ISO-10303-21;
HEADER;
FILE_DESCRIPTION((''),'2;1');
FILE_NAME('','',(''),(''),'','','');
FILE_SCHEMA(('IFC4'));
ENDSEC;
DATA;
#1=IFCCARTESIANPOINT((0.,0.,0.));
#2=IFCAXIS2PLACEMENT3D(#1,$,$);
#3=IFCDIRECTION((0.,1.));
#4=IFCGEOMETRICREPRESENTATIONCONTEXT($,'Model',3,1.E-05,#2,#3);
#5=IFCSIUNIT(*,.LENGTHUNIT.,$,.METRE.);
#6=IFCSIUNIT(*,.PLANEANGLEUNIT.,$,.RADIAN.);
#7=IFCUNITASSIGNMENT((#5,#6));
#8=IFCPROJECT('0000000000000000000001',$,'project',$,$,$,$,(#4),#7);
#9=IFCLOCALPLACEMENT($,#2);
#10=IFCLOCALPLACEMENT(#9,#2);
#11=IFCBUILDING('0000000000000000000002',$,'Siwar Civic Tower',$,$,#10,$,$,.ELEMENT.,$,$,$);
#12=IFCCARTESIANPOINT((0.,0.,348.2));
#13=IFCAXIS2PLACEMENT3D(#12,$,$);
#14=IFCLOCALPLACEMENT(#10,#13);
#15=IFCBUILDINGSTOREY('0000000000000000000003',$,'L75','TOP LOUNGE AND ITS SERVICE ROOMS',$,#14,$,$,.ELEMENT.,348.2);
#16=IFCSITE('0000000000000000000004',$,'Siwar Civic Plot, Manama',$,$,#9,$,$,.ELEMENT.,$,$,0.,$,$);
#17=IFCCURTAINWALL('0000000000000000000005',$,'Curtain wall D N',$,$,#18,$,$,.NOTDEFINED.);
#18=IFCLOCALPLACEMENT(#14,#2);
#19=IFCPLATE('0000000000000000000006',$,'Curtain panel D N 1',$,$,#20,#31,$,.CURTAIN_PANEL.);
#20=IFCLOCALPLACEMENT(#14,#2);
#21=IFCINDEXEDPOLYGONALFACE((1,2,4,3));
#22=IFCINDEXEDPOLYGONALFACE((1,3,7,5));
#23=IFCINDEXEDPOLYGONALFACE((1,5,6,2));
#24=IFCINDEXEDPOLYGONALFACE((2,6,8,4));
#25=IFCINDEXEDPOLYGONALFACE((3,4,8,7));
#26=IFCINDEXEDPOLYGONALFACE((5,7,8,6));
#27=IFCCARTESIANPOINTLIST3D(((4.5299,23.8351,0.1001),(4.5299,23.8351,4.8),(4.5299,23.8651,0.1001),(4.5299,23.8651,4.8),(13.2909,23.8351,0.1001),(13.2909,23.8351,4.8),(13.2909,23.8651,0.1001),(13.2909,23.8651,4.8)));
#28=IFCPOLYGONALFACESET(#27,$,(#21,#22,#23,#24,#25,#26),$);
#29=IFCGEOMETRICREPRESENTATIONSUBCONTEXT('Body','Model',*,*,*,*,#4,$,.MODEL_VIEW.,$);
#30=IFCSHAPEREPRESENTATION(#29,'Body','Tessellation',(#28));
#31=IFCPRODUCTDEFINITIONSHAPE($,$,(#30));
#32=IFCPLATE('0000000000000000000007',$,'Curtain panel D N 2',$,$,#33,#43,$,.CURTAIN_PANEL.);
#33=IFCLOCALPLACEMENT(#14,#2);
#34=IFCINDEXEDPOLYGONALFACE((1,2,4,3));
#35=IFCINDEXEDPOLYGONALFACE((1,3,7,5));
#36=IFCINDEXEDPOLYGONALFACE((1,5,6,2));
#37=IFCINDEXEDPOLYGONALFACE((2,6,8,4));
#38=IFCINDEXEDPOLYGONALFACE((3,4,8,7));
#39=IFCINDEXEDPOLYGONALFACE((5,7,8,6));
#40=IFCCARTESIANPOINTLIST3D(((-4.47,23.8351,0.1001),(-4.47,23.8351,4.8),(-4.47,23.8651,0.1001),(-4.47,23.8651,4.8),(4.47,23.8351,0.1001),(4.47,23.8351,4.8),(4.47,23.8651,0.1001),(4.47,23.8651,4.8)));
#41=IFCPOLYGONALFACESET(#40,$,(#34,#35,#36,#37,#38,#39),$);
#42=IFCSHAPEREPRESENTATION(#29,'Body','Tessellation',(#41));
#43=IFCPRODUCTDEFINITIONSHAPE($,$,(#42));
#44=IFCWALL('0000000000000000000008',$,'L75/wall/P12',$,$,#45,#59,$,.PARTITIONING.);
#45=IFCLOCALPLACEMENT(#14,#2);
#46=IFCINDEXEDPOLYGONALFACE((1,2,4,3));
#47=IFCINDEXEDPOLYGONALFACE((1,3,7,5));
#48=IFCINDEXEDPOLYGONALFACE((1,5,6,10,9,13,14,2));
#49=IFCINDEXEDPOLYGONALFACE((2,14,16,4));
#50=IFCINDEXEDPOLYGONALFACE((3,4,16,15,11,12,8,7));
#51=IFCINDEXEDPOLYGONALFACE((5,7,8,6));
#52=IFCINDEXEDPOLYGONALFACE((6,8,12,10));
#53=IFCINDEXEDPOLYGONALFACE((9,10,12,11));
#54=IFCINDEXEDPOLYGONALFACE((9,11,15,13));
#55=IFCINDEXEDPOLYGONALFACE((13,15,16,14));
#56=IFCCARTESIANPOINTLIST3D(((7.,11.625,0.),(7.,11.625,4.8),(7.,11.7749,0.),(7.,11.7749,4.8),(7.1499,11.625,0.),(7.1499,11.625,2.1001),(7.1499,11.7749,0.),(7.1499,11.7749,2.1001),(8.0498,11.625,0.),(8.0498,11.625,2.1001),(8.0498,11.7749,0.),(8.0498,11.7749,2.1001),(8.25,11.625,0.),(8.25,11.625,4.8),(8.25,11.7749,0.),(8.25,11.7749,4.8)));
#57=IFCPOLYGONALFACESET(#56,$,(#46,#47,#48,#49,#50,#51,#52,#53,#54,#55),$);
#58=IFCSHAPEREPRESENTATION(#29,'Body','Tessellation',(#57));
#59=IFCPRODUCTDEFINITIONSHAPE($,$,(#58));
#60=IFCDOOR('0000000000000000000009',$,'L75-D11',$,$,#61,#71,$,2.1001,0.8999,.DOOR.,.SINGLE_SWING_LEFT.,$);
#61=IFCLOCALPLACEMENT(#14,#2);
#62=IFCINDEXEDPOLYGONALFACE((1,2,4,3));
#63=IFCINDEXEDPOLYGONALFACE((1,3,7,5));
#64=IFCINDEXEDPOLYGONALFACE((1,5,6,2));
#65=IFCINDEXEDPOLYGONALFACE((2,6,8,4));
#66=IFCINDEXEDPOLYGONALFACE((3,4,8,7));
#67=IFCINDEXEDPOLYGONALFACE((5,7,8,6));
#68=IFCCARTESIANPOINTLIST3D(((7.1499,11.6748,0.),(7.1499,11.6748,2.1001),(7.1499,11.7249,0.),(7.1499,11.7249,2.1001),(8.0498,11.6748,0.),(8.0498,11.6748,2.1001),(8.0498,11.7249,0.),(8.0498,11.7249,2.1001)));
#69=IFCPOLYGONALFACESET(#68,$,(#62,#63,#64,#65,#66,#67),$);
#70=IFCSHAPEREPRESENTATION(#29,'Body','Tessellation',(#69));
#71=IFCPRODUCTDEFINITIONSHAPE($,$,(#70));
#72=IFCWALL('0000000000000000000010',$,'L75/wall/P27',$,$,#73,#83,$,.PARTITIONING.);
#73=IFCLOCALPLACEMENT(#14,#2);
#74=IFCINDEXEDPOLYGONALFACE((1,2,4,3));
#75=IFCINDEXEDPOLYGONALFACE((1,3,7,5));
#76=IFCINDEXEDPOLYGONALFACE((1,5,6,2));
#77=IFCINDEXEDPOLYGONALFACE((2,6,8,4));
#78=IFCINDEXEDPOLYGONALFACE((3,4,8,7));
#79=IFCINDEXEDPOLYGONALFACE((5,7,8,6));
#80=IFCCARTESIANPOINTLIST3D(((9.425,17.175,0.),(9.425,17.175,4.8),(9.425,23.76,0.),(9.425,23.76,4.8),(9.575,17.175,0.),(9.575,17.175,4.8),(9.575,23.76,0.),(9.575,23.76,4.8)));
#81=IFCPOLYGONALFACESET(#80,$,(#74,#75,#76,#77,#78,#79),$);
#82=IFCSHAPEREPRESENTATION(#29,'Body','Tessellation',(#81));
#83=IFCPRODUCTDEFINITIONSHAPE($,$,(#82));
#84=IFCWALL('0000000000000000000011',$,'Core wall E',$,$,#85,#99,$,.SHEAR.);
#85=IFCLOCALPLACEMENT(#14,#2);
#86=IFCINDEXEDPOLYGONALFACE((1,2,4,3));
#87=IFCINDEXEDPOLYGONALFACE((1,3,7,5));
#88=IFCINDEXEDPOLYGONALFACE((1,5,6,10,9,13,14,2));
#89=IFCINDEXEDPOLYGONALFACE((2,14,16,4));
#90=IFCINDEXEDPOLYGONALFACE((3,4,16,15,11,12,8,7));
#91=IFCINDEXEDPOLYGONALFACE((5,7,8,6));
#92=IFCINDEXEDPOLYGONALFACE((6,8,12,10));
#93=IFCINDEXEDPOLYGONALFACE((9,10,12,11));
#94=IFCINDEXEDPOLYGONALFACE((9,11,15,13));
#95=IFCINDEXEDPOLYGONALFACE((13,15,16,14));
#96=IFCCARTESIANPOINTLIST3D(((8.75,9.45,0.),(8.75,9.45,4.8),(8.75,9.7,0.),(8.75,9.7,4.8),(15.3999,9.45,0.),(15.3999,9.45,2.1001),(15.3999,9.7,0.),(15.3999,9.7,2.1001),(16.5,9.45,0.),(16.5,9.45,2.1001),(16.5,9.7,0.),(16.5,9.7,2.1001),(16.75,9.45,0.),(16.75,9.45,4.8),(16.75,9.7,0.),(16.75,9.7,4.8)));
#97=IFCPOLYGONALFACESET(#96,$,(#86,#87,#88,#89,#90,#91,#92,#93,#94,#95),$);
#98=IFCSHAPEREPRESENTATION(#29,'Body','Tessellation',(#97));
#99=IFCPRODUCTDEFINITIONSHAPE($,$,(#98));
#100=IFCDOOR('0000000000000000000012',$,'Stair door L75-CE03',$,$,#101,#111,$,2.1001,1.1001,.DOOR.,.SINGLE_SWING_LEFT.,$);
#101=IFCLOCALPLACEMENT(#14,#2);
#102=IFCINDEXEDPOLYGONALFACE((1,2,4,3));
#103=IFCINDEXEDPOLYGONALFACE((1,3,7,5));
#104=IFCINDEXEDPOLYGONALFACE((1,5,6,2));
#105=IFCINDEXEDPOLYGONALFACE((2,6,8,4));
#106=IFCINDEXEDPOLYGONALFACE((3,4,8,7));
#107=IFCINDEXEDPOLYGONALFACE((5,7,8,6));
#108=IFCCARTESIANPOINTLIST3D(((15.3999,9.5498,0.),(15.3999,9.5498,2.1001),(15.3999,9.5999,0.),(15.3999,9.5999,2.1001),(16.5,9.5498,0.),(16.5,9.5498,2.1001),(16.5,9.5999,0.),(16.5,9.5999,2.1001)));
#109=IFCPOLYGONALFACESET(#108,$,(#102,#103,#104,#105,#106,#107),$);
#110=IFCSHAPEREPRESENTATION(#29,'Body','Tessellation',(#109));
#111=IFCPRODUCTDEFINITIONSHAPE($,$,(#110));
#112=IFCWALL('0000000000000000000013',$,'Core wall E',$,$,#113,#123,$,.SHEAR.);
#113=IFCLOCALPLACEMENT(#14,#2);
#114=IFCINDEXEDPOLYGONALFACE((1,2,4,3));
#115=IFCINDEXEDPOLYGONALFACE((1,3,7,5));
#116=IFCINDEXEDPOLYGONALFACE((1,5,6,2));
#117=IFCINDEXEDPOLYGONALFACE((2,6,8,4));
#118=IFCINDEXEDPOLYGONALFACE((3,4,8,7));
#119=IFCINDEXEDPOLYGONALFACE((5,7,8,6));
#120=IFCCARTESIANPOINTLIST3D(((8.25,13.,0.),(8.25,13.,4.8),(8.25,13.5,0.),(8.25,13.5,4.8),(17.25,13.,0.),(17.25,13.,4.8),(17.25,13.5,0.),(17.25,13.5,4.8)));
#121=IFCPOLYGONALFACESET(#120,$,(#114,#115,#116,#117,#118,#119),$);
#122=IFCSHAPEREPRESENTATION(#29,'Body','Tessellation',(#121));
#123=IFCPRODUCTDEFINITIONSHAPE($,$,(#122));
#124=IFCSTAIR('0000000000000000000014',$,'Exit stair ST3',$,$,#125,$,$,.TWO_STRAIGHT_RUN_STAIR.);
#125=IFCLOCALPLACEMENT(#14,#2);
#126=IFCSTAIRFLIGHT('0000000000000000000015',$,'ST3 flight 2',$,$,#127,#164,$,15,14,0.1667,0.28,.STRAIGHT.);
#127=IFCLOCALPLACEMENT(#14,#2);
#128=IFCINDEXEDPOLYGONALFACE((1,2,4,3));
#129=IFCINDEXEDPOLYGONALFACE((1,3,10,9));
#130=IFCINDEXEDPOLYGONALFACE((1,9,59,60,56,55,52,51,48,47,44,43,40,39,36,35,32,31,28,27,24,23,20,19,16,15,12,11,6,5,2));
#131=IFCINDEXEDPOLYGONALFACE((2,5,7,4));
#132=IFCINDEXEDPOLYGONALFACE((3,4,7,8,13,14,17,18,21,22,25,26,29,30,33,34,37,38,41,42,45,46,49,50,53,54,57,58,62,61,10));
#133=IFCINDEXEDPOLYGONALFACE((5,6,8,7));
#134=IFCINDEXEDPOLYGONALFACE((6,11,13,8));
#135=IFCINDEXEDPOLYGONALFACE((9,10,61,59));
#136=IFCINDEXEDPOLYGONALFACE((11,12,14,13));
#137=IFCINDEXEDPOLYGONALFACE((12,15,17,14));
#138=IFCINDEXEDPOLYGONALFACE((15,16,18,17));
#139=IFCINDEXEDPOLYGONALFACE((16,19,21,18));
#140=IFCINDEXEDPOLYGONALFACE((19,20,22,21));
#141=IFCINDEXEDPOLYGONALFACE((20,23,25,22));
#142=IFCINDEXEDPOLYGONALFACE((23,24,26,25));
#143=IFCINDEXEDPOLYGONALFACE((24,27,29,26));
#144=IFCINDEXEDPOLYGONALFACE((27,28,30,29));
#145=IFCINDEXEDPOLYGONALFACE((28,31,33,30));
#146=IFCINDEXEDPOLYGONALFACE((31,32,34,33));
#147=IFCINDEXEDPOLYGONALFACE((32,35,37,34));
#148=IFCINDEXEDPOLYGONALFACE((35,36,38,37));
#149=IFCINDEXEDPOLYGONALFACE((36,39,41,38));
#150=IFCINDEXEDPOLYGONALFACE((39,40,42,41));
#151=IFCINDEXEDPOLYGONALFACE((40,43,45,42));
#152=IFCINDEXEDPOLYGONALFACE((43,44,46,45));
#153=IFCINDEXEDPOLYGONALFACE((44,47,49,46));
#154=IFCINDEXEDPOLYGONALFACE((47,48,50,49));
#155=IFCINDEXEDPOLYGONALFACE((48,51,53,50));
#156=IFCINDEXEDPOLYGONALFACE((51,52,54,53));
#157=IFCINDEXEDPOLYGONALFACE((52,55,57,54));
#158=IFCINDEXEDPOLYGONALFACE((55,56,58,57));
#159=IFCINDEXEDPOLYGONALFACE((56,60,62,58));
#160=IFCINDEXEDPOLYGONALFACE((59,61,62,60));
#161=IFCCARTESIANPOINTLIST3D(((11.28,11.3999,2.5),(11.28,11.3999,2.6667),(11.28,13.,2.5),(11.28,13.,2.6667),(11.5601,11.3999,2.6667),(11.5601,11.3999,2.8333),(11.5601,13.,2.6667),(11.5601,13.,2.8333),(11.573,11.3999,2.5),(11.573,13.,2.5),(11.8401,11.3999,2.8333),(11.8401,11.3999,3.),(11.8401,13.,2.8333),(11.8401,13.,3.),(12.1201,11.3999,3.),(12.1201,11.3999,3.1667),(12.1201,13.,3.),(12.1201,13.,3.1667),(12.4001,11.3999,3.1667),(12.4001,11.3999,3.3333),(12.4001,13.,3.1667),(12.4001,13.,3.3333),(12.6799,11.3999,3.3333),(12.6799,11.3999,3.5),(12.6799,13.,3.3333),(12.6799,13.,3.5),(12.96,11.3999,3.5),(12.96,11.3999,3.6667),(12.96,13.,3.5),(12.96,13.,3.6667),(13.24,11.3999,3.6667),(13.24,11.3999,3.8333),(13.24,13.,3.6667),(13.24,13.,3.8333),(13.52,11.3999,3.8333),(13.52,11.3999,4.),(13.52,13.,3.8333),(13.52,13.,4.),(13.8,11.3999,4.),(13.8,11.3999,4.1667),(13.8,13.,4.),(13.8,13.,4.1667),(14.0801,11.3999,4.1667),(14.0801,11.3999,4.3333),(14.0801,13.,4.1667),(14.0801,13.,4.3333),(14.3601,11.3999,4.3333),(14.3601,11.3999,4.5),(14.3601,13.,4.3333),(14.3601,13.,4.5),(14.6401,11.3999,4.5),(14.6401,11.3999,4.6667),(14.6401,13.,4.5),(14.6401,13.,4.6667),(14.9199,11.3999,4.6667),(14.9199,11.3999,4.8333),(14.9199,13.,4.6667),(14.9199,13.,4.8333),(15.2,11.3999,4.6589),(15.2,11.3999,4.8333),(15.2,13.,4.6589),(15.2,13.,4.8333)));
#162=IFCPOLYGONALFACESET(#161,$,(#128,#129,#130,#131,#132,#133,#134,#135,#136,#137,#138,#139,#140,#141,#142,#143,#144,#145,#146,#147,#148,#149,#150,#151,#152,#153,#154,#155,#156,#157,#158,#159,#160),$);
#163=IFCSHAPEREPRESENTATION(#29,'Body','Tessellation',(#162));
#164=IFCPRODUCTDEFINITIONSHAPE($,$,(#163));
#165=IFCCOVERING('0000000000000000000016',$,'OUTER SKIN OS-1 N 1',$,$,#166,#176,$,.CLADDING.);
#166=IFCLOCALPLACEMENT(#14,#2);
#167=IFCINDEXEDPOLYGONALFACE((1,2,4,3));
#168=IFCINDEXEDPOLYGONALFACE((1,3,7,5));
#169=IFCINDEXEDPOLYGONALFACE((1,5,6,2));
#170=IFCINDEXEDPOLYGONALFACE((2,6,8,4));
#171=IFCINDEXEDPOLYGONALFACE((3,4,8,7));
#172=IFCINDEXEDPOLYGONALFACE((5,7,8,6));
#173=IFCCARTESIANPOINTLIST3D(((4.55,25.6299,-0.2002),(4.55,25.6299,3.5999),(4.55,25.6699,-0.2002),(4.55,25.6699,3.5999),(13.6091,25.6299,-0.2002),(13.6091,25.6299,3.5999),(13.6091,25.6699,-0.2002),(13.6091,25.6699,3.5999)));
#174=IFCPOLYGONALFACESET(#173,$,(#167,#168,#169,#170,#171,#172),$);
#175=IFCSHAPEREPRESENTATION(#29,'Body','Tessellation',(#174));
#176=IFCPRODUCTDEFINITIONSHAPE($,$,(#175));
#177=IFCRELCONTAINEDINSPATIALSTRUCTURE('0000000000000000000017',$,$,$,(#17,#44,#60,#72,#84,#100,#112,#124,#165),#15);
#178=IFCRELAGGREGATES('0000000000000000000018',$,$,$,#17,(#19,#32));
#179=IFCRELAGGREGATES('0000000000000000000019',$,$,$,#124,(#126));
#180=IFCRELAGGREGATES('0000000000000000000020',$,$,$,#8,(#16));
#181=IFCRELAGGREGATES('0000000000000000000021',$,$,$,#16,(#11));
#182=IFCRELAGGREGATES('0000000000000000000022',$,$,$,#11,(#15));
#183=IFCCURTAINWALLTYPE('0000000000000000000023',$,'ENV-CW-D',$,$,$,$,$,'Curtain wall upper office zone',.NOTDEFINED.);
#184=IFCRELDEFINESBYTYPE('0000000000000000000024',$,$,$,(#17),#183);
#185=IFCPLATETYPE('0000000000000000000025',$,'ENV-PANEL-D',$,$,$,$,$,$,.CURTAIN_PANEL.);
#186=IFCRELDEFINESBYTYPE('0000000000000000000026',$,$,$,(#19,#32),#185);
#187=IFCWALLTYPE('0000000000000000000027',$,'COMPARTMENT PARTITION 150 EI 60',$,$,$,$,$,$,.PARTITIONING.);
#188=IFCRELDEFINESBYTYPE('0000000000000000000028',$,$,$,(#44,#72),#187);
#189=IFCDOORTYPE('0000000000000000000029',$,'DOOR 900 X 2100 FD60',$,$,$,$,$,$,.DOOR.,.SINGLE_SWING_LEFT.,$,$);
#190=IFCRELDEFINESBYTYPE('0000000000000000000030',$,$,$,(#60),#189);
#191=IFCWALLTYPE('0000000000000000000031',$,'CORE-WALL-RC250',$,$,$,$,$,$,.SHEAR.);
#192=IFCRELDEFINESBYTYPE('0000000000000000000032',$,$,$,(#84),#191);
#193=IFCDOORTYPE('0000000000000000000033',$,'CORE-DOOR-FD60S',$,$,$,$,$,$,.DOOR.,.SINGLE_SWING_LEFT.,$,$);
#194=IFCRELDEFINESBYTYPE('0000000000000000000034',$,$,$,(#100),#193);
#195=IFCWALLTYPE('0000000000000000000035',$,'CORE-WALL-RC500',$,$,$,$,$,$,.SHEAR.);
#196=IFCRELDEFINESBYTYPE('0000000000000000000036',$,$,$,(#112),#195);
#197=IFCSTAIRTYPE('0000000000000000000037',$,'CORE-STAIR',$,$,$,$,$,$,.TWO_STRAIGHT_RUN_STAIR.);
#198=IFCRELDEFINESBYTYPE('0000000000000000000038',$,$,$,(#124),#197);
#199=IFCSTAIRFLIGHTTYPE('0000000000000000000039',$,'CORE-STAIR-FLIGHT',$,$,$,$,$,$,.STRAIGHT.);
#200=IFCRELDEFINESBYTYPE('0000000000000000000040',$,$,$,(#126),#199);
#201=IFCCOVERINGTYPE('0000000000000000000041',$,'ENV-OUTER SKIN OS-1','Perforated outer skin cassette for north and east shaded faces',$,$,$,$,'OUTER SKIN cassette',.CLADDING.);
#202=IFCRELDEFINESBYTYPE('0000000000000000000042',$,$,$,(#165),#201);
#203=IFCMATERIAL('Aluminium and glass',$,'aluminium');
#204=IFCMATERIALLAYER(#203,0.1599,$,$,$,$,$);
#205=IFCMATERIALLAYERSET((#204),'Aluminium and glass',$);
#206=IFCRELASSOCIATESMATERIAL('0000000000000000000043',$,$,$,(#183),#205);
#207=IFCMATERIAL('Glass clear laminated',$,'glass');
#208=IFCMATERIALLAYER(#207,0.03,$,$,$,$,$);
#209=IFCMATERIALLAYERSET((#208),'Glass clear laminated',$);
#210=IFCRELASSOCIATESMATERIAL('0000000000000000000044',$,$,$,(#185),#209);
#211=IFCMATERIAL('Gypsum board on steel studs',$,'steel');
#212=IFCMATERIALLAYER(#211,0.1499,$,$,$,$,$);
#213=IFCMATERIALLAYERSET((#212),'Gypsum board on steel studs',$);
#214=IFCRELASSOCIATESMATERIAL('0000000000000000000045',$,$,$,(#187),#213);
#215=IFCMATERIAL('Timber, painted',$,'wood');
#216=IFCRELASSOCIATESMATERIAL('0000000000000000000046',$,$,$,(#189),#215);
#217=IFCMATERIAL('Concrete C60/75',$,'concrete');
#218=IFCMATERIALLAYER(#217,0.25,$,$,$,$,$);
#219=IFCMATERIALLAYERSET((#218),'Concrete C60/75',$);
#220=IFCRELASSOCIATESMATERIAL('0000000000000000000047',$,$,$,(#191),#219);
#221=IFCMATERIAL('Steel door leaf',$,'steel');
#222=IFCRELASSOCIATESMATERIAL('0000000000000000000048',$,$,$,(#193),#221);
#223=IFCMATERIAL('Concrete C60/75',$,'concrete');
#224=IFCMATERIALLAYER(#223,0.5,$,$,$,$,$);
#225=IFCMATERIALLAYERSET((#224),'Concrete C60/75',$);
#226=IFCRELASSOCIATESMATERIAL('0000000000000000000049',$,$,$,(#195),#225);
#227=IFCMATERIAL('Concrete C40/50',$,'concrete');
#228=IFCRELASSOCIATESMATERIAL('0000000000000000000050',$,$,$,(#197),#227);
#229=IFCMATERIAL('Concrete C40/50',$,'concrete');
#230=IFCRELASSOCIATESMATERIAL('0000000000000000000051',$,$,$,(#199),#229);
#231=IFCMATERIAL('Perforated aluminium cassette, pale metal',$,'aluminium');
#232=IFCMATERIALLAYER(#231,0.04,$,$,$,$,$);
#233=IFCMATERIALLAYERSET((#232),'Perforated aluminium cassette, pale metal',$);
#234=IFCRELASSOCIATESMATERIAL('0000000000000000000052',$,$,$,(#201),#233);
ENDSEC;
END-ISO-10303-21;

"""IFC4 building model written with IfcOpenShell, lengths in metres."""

from ifc_helpers import new_model, si_unit, direction, frame, frame_2d, origin, origin_2d, place, context, subcontext, project, spatial, polyline, rectangle, outline, extrude, material, layer, layer_set, type_object, element, fill, aggregate, save


model = new_model("IFC4")

# Units and contexts
model_context = context("Model", 3, precision=1e-05, world=origin(), true_north=direction((0.0, 1.0)))
body_context = subcontext(model_context, "Body", "Model", "MODEL_VIEW")
ifc_project = project(units=[si_unit("LENGTHUNIT", "METRE"), si_unit("PLANEANGLEUNIT", "RADIAN")], contexts=[model_context])

# Site, building, storey
site_placement = place(None, origin())
site = spatial("IfcSite", under=ifc_project, at=site_placement, Name="Siwar Civic Plot, Manama", CompositionType="ELEMENT", RefElevation=0.0)
building_placement = place(site_placement, origin())
building = spatial("IfcBuilding", under=site, at=building_placement, Name="Siwar Civic Tower", CompositionType="ELEMENT")
storey_placement = place(building_placement, frame((0.0, 0.0, 348.2)))
storey = spatial("IfcBuildingStorey", under=building, at=storey_placement, Name="L75", Description="TOP LOUNGE AND ITS SERVICE ROOMS", CompositionType="ELEMENT", Elevation=348.2)

# Curtain wall
ifc_material_1 = material(Name="Aluminium and glass", Category="aluminium")
ifc_layer_1 = layer(ifc_material_1, 0.1599)
ifc_layer_set_1 = layer_set([ifc_layer_1], Name="Aluminium and glass")
curtain_wall_type_1 = type_object("IfcCurtainWallType", Name="ENV-CW-D", ElementType="Curtain wall upper office zone", PredefinedType="NOTDEFINED", material=ifc_layer_set_1)
curtain_wall_1_placement = place(storey_placement, origin())
curtain_wall_1 = element("IfcCurtainWall", 1, at=curtain_wall_1_placement, inside=storey, type_object=curtain_wall_type_1, Name="Curtain wall D N", PredefinedType="NOTDEFINED")

# Plates
ifc_material_2 = material(Name="Glass clear laminated", Category="glass")
ifc_layer_2 = layer(ifc_material_2, 0.03)
ifc_layer_set_2 = layer_set([ifc_layer_2], Name="Glass clear laminated")
plate_type = type_object("IfcPlateType", Name="ENV-PANEL-D", PredefinedType="CURTAIN_PANEL", material=ifc_layer_set_2)
plate_1_placement = place(storey_placement, frame((8.9104, 23.8501, 0.1001), z_axis=(0.0, 0.0, 1.0), x_axis=(-1.0, 0.0, 0.0)))
plate_1 = element("IfcPlate", 2, at=plate_1_placement, type_object=plate_type, Name="Curtain panel D N 1", PredefinedType="CURTAIN_PANEL", context=body_context, shape_type="SweptSolid", body=[
    extrude(rectangle(XDim=8.761, YDim=0.03, at=origin_2d()), origin(), (0.0, 0.0, 1.0), 4.7),
])
plate_2_placement = place(storey_placement, frame((0.0, 23.8501, 0.1001), z_axis=(0.0, 0.0, 1.0), x_axis=(-1.0, 0.0, 0.0)))
plate_2 = element("IfcPlate", 3, at=plate_2_placement, type_object=plate_type, Name="Curtain panel D N 2", PredefinedType="CURTAIN_PANEL", context=body_context, shape_type="SweptSolid", body=[
    extrude(rectangle(XDim=8.9399, YDim=0.03, at=origin_2d()), origin(), (0.0, 0.0, 1.0), 4.7),
])
aggregate(curtain_wall_1, [plate_1, plate_2])

# Wall, opening, door
ifc_material_3 = material(Name="Gypsum board on steel studs", Category="steel")
ifc_layer_3 = layer(ifc_material_3, 0.1499)
ifc_layer_set_3 = layer_set([ifc_layer_3], Name="Gypsum board on steel studs")
wall_type_1 = type_object("IfcWallType", Name="COMPARTMENT PARTITION 150 EI 60", PredefinedType="PARTITIONING", material=ifc_layer_set_3)
wall_1_placement = place(storey_placement, frame((7.0, 11.7, 0.0), z_axis=(0.0, 0.0, 1.0), x_axis=(1.0, 0.0, 0.0)))
wall_1 = element("IfcWall", 4, at=wall_1_placement, inside=storey, type_object=wall_type_1, Name="L75/wall/P12", PredefinedType="PARTITIONING", context=body_context, shape_type="SweptSolid", body=[
    extrude(rectangle(XDim=1.25, YDim=0.1499, at=frame_2d((0.625, 0.0))), origin(), (0.0, 0.0, 1.0), 4.8),
])
opening_1_placement = place(wall_1_placement, frame((0.1499, 0.0, 0.0)))
opening_1 = element("IfcOpeningElement", 5, at=opening_1_placement, cuts=wall_1, PredefinedType="OPENING", context=body_context, shape_type="SweptSolid", body=[
    extrude(rectangle(XDim=0.8999, YDim=2.1001, at=frame_2d((0.45, 1.05))), frame((0.0, 0.085, 0.0), z_axis=(0.0, -1.0, 0.0), x_axis=(1.0, 0.0, 0.0)), (0.0, 0.0, 1.0), 0.1699),
])
ifc_material_4 = material(Name="Timber, painted", Category="wood")
door_type_1 = type_object("IfcDoorType", Name="DOOR 900 X 2100 FD60", OperationType="SINGLE_SWING_LEFT", PredefinedType="DOOR", material=ifc_material_4)
door_1_placement = place(opening_1_placement, origin())
door_1 = element("IfcDoor", 6, at=door_1_placement, inside=storey, type_object=door_type_1, Name="L75-D11", OperationType="SINGLE_SWING_LEFT", OverallHeight=2.1001, OverallWidth=0.8999, PredefinedType="DOOR", context=body_context, shape_type="SweptSolid", body=[
    extrude(rectangle(XDim=0.8999, YDim=2.1001, at=frame_2d((0.45, 1.05))), frame((0.0, 0.0249, 0.0), z_axis=(0.0, -1.0, 0.0), x_axis=(1.0, 0.0, 0.0)), (0.0, 0.0, 1.0), 0.05),
])
fill(opening_1, door_1)

# Wall
wall_2_placement = place(storey_placement, frame((9.5, 17.175, 0.0), z_axis=(0.0, 0.0, 1.0), x_axis=(0.0, 1.0, 0.0)))
element("IfcWall", 7, at=wall_2_placement, inside=storey, type_object=wall_type_1, Name="L75/wall/P27", PredefinedType="PARTITIONING", context=body_context, shape_type="SweptSolid", body=[
    extrude(rectangle(XDim=6.585, YDim=0.1499, at=frame_2d((3.2925, 0.0))), origin(), (0.0, 0.0, 1.0), 4.8),
])

# Wall, opening, door
ifc_material_5 = material(Name="Concrete C60/75", Category="concrete")
ifc_layer_4 = layer(ifc_material_5, 0.25)
ifc_layer_set_4 = layer_set([ifc_layer_4], Name="Concrete C60/75")
wall_type_2 = type_object("IfcWallType", Name="CORE-WALL-RC250", PredefinedType="SHEAR", material=ifc_layer_set_4)
wall_3_placement = place(storey_placement, frame((8.75, 9.575, 0.0), z_axis=(0.0, 0.0, 1.0), x_axis=(1.0, 0.0, 0.0)))
wall_3 = element("IfcWall", 8, at=wall_3_placement, inside=storey, type_object=wall_type_2, Name="Core wall E", PredefinedType="SHEAR", context=body_context, shape_type="SweptSolid", body=[
    extrude(rectangle(XDim=8.0, YDim=0.25, at=frame_2d((4.0, 0.0))), origin(), (0.0, 0.0, 1.0), 4.8),
])
opening_2_placement = place(wall_3_placement, frame((6.6499, 0.0, 0.0)))
opening_2 = element("IfcOpeningElement", 9, at=opening_2_placement, cuts=wall_3, PredefinedType="OPENING", context=body_context, shape_type="SweptSolid", body=[
    extrude(rectangle(XDim=1.1001, YDim=2.1001, at=frame_2d((0.55, 1.05))), frame((0.0, 0.135, 0.0), z_axis=(0.0, -1.0, 0.0), x_axis=(1.0, 0.0, 0.0)), (0.0, 0.0, 1.0), 0.27),
])
ifc_material_6 = material(Name="Steel door leaf", Category="steel")
door_type_2 = type_object("IfcDoorType", Name="CORE-DOOR-FD60S", OperationType="SINGLE_SWING_LEFT", PredefinedType="DOOR", material=ifc_material_6)
door_2_placement = place(opening_2_placement, origin())
door_2 = element("IfcDoor", 10, at=door_2_placement, inside=storey, type_object=door_type_2, Name="Stair door L75-CE03", OperationType="SINGLE_SWING_LEFT", OverallHeight=2.1001, OverallWidth=1.1001, PredefinedType="DOOR", context=body_context, shape_type="SweptSolid", body=[
    extrude(rectangle(XDim=1.1001, YDim=2.1001, at=frame_2d((0.55, 1.05))), frame((0.0, 0.0249, 0.0), z_axis=(0.0, -1.0, 0.0), x_axis=(1.0, 0.0, 0.0)), (0.0, 0.0, 1.0), 0.05),
])
fill(opening_2, door_2)

# Wall
ifc_material_7 = material(Name="Concrete C60/75", Category="concrete")
ifc_layer_5 = layer(ifc_material_7, 0.5)
ifc_layer_set_5 = layer_set([ifc_layer_5], Name="Concrete C60/75")
wall_type_3 = type_object("IfcWallType", Name="CORE-WALL-RC500", PredefinedType="SHEAR", material=ifc_layer_set_5)
wall_4_placement = place(storey_placement, frame((8.25, 13.25, 0.0), z_axis=(0.0, 0.0, 1.0), x_axis=(1.0, 0.0, 0.0)))
element("IfcWall", 11, at=wall_4_placement, inside=storey, type_object=wall_type_3, Name="Core wall E", PredefinedType="SHEAR", context=body_context, shape_type="SweptSolid", body=[
    extrude(rectangle(XDim=9.0, YDim=0.5, at=frame_2d((4.5, 0.0))), origin(), (0.0, 0.0, 1.0), 4.8),
])

# Stair, stair flight
ifc_material_8 = material(Name="Concrete C40/50", Category="concrete")
stair_type = type_object("IfcStairType", Name="CORE-STAIR", PredefinedType="TWO_STRAIGHT_RUN_STAIR", material=ifc_material_8)
stair_placement = place(storey_placement, origin())
stair = element("IfcStair", 12, at=stair_placement, inside=storey, type_object=stair_type, Name="Exit stair ST3", PredefinedType="TWO_STRAIGHT_RUN_STAIR")
ifc_material_9 = material(Name="Concrete C40/50", Category="concrete")
stair_flight_type = type_object("IfcStairFlightType", Name="CORE-STAIR-FLIGHT", PredefinedType="STRAIGHT", material=ifc_material_9)
stair_flight_placement = place(storey_placement, frame((11.28, 12.2, 2.5), z_axis=(0.0, 0.0, 1.0), x_axis=(1.0, 0.0, 0.0)))
stair_flight = element("IfcStairFlight", 13, at=stair_flight_placement, type_object=stair_flight_type, Name="ST3 flight 2", NumberOfRisers=15, NumberOfTreads=14, PredefinedType="STRAIGHT", RiserHeight=0.1667, TreadLength=0.28, context=body_context, shape_type="SweptSolid", body=[
    extrude(outline(polyline([(0.0, 0.0), (0.0, 0.1667), (0.28, 0.1667), (0.28, 0.3333), (0.5601, 0.3333), (0.5601, 0.5), (0.8401, 0.5), (0.8401, 0.6667), (1.1201, 0.6667), (1.1201, 0.8333), (1.3999, 0.8333), (1.3999, 1.0), (1.6799, 1.0), (1.6799, 1.1667), (1.96, 1.1667), (1.96, 1.3333), (2.24, 1.3333), (2.24, 1.5), (2.52, 1.5), (2.52, 1.6667), (2.8, 1.6667), (2.8, 1.8333), (3.0801, 1.8333), (3.0801, 2.0), (3.3601, 2.0), (3.3601, 2.1667), (3.6399, 2.1667), (3.6399, 2.3333), (3.9199, 2.3333), (3.9199, 2.5), (3.9199, 2.1589), (0.293, 0.0), (0.0, 0.0)])), frame((0.0, 0.8, 0.0), z_axis=(0.0, -1.0, 0.0), x_axis=(1.0, 0.0, 0.0)), (0.0, 0.0, 1.0), 1.6001),
])
aggregate(stair, [stair_flight])

# Covering
ifc_material_10 = material(Name="Perforated aluminium cassette, pale metal", Category="aluminium")
ifc_layer_6 = layer(ifc_material_10, 0.04)
ifc_layer_set_6 = layer_set([ifc_layer_6], Name="Perforated aluminium cassette, pale metal")
covering_type = type_object("IfcCoveringType", Name="ENV-OUTER SKIN OS-1", Description="Perforated outer skin cassette for north and east shaded faces", ElementType="OUTER SKIN cassette", PredefinedType="CLADDING", material=ifc_layer_set_6)
covering_1_placement = place(storey_placement, frame((9.0796, 25.6499, -0.2002), z_axis=(0.0, 0.0, 1.0), x_axis=(-1.0, 0.0, 0.0)))
element("IfcCovering", 14, at=covering_1_placement, inside=storey, type_object=covering_type, Name="OUTER SKIN OS-1 N 1", PredefinedType="CLADDING", context=body_context, shape_type="SweptSolid", body=[
    extrude(rectangle(XDim=9.0591, YDim=0.04, at=origin_2d()), origin(), (0.0, 0.0, 1.0), 3.8),
])

save(model, "model.ifc")
